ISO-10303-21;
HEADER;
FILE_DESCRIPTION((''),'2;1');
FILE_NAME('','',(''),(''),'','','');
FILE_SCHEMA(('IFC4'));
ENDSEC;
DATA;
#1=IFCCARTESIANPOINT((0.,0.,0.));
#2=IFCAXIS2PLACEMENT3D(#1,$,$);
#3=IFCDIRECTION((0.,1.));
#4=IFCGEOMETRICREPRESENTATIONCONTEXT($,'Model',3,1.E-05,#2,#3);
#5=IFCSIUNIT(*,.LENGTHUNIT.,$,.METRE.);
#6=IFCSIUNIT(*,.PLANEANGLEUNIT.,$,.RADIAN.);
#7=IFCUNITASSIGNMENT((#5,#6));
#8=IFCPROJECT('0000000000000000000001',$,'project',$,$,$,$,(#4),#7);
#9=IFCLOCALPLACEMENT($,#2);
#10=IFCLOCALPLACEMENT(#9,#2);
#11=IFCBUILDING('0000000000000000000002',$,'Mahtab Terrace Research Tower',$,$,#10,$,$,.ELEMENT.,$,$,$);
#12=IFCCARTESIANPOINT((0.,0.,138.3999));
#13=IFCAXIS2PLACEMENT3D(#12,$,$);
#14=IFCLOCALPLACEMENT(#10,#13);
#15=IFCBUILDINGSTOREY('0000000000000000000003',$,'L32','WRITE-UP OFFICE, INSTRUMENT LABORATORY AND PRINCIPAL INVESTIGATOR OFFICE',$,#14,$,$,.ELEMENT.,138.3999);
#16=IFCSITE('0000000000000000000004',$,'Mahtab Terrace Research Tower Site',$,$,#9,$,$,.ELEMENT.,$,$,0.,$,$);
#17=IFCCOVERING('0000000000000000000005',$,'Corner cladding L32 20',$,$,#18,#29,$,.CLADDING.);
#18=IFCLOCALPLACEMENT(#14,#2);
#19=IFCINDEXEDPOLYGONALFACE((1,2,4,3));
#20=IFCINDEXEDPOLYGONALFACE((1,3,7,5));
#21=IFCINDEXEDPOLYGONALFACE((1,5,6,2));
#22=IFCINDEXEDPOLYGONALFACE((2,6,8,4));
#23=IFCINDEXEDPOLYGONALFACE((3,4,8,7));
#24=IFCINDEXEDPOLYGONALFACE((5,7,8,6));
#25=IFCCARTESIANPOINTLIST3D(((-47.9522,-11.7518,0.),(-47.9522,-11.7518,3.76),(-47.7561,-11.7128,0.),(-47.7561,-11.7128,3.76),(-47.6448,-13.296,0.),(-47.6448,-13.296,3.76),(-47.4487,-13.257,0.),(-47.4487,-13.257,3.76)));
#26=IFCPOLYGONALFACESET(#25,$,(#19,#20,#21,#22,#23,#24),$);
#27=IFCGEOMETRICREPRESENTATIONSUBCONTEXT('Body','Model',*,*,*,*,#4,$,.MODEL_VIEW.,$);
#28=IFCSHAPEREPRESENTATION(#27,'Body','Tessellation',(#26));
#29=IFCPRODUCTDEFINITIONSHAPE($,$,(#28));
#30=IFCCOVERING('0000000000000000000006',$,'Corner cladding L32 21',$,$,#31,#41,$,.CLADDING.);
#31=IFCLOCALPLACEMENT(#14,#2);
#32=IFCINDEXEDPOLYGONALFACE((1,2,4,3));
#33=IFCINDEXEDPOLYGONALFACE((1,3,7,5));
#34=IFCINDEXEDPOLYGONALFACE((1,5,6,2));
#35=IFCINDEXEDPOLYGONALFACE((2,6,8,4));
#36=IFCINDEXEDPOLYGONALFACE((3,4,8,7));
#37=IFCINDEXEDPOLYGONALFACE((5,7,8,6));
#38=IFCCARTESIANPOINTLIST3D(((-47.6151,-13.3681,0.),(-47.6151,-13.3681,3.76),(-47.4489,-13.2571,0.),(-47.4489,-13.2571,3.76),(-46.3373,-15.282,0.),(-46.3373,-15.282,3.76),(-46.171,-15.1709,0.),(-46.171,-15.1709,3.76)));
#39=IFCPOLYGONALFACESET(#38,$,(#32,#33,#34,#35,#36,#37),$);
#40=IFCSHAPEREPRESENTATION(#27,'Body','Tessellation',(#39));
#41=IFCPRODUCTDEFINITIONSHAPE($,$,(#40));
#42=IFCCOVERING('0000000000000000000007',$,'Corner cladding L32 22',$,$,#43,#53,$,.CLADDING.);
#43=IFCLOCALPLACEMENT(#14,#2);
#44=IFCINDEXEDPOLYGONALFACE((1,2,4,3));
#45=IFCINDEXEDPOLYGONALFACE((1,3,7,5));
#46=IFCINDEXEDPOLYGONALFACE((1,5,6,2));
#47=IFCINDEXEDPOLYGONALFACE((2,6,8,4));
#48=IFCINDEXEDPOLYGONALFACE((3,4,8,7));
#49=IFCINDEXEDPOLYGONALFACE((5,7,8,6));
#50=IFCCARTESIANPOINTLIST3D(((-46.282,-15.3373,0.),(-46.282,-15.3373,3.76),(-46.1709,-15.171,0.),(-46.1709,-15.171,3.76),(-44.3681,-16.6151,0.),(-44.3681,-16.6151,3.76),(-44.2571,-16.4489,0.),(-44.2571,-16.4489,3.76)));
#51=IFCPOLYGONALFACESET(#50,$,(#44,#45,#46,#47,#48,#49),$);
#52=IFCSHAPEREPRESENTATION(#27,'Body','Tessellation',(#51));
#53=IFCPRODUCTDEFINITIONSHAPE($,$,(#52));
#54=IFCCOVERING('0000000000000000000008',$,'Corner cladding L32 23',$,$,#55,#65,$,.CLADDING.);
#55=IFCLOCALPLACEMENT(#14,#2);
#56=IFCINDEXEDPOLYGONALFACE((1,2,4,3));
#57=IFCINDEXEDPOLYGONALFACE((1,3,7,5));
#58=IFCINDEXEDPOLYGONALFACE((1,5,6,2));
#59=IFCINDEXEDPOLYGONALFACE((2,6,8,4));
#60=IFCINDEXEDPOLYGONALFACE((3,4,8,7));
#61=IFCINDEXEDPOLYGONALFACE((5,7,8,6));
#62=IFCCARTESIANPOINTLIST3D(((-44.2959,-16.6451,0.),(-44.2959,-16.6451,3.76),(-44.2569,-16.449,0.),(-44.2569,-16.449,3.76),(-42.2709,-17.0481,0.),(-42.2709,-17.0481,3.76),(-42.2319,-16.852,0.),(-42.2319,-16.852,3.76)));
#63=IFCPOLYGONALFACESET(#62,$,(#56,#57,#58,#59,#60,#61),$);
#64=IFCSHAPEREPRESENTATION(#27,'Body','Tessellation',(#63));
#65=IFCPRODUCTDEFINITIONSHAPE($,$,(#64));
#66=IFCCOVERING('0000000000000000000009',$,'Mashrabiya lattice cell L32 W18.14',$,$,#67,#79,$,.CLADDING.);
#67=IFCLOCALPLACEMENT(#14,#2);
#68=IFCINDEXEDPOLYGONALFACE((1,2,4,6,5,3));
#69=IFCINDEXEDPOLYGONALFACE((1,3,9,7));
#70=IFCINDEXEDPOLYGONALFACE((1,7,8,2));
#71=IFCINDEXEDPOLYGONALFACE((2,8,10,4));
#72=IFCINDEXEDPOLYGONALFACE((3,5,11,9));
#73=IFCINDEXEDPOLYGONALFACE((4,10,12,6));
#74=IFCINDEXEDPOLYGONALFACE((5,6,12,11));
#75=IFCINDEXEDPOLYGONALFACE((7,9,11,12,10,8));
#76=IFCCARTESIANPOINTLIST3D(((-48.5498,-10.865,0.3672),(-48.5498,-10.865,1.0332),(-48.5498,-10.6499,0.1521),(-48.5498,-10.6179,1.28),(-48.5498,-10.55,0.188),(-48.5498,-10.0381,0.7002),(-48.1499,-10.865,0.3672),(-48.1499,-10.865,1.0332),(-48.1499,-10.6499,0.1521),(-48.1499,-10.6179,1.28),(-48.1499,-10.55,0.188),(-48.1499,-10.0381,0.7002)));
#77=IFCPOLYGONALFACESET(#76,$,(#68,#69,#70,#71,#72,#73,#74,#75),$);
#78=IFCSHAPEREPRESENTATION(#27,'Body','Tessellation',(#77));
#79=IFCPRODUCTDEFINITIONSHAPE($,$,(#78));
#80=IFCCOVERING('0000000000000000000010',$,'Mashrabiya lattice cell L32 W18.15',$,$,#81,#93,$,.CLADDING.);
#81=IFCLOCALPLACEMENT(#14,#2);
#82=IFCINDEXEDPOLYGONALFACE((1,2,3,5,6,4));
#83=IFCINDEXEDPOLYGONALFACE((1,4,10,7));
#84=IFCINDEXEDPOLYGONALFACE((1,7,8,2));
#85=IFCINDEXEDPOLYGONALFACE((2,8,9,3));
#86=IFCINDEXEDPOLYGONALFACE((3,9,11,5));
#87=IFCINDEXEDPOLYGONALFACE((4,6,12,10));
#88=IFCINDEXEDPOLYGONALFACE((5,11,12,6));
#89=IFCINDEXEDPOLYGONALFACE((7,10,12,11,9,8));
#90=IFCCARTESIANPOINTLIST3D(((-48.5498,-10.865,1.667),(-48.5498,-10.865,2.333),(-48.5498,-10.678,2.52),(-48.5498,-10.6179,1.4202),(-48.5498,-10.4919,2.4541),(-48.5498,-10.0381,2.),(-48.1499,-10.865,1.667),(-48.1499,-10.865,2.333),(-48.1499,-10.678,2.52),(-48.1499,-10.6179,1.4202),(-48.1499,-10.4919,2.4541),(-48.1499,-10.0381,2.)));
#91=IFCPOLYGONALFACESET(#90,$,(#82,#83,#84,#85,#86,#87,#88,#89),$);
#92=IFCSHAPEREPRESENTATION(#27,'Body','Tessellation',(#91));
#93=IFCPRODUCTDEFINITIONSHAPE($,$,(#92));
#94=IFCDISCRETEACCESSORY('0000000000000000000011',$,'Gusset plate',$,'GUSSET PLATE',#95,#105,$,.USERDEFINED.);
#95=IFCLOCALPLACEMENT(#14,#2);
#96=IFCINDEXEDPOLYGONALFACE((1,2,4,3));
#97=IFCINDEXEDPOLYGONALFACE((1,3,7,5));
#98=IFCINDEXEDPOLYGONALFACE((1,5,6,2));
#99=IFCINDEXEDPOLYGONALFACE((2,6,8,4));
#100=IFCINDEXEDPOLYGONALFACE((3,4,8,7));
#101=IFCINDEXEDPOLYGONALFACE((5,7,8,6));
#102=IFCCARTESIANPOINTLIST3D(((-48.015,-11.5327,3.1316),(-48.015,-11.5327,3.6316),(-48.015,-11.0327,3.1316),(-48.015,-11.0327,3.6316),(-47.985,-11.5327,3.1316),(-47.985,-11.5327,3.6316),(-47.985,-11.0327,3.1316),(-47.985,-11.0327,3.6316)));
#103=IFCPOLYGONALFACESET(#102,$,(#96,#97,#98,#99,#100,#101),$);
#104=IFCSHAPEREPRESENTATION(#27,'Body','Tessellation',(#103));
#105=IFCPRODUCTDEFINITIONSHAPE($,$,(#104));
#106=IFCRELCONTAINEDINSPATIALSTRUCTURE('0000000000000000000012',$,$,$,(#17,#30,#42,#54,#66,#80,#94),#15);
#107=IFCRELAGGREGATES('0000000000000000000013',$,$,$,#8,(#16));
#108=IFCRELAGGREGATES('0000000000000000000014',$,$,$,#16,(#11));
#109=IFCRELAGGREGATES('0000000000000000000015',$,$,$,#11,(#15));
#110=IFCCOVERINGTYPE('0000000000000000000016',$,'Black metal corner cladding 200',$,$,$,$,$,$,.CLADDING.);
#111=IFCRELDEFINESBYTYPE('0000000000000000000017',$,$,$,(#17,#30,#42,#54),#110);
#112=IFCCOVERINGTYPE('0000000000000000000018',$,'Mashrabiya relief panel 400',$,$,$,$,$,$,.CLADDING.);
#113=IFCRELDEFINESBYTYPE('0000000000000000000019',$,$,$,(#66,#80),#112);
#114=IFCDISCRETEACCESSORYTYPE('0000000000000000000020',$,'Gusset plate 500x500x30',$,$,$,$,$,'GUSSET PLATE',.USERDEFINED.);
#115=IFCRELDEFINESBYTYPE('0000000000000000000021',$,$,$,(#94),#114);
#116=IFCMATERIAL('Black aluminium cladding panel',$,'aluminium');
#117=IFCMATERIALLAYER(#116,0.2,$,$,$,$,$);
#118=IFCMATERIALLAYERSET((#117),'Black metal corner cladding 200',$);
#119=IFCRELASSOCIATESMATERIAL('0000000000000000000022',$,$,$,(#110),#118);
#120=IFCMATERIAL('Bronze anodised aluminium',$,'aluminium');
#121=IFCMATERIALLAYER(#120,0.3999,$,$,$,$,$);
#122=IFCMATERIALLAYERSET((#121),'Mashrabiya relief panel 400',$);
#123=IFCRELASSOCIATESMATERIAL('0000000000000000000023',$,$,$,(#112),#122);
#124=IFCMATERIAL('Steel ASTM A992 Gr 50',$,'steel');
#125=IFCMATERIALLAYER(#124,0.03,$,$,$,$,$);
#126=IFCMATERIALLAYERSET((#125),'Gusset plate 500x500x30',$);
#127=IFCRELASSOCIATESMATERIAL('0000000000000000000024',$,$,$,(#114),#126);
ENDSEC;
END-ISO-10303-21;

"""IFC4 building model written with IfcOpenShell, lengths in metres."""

from ifc_helpers import new_model, si_unit, direction, frame, origin, origin_2d, place, context, subcontext, project, spatial, polyline, rectangle, outline, extrude, material, layer, layer_set, type_object, element, save


model = new_model("IFC4")

# Units and contexts
model_context = context("Model", 3, precision=1e-05, world=origin(), true_north=direction((0.0, 1.0)))
body_context = subcontext(model_context, "Body", "Model", "MODEL_VIEW")
ifc_project = project(units=[si_unit("LENGTHUNIT", "METRE"), si_unit("PLANEANGLEUNIT", "RADIAN")], contexts=[model_context])

# Site, building, storey
site_placement = place(None, origin())
site = spatial("IfcSite", under=ifc_project, at=site_placement, Name="Mahtab Terrace Research Tower Site", CompositionType="ELEMENT", RefElevation=0.0)
building_placement = place(site_placement, origin())
building = spatial("IfcBuilding", under=site, at=building_placement, Name="Mahtab Terrace Research Tower", CompositionType="ELEMENT")
storey_placement = place(building_placement, frame((0.0, 0.0, 138.3999)))
storey = spatial("IfcBuildingStorey", under=building, at=storey_placement, Name="L32", Description="WRITE-UP OFFICE, INSTRUMENT LABORATORY AND PRINCIPAL INVESTIGATOR OFFICE", CompositionType="ELEMENT", Elevation=138.3999)

# Shared definitions
ifc_material_1 = material(Name="Steel ASTM A992 Gr 50", Category="steel")

# Shared definitions
ifc_material_2 = material(Name="Black aluminium cladding panel", Category="aluminium")

# Coverings
ifc_layer_1 = layer(ifc_material_2, 0.2)
ifc_layer_set_1 = layer_set([ifc_layer_1], Name="Black metal corner cladding 200")
covering_type_1 = type_object("IfcCoveringType", Name="Black metal corner cladding 200", PredefinedType="CLADDING", material=ifc_layer_set_1)
covering_1_placement = place(storey_placement, frame((-47.7004, -12.5044, 0.0), z_axis=(0.0, 0.0, 1.0), x_axis=(0.195212, -0.980761, 0.0)))
element("IfcCovering", 1, at=covering_1_placement, inside=storey, type_object=covering_type_1, Name="Corner cladding L32 20", PredefinedType="CLADDING", context=body_context, shape_type="SweptSolid", body=[
    extrude(rectangle(XDim=1.5745, YDim=0.2, at=origin_2d()), origin(), (0.0, 0.0, 1.0), 3.76),
])
for number, where, z_axis, x_axis, name in (
    (2, (-46.8931, -14.2695, 0.0), (0.0, 0.0, 1.0), (0.555291, -0.831656, 0.0), "Corner cladding L32 21"),
    (3, (-45.2695, -15.8931, 0.0), (0.0, 0.0, 1.0), (0.831656, -0.555291, 0.0), "Corner cladding L32 22"),
):
    element("IfcCovering", number, at=place(storey_placement, frame(where, z_axis=z_axis, x_axis=x_axis)), inside=storey, type_object=covering_type_1, Name=name, PredefinedType="CLADDING", context=body_context, shape_type="SweptSolid", body=[
        extrude(rectangle(XDim=2.3013, YDim=0.2, at=origin_2d()), origin(), (0.0, 0.0, 1.0), 3.76),
    ])
covering_2_placement = place(storey_placement, frame((-43.2639, -16.7485, 0.0), z_axis=(0.0, 0.0, 1.0), x_axis=(0.980761, -0.195212, 0.0)))
element("IfcCovering", 4, at=covering_2_placement, inside=storey, type_object=covering_type_1, Name="Corner cladding L32 23", PredefinedType="CLADDING", context=body_context, shape_type="SweptSolid", body=[
    extrude(rectangle(XDim=2.0647, YDim=0.2, at=origin_2d()), origin(), (0.0, 0.0, 1.0), 3.76),
])
ifc_material_3 = material(Name="Bronze anodised aluminium", Category="aluminium")
ifc_layer_2 = layer(ifc_material_3, 0.3999)
ifc_layer_set_2 = layer_set([ifc_layer_2], Name="Mashrabiya relief panel 400")
covering_type_2 = type_object("IfcCoveringType", Name="Mashrabiya relief panel 400", PredefinedType="CLADDING", material=ifc_layer_set_2)
covering_3_placement = place(storey_placement, frame((-48.1499, -10.0381, 0.7002), z_axis=(1.0, 0.0, 0.0), x_axis=(0.0, -0.707107, 0.707107)))
element("IfcCovering", 5, at=covering_3_placement, inside=storey, type_object=covering_type_2, Name="Mashrabiya lattice cell L32 W18.14", PredefinedType="CLADDING", context=body_context, shape_type="SweptSolid", body=[
    extrude(outline(polyline([(0.0, 0.0), (0.82, 0.0), (0.8202, 0.3492), (0.3492, 0.8202), (0.0451, 0.8202), (-0.0002, 0.7242), (0.0, 0.0)])), origin(), (0.0, 0.0, -1.0), 0.3999),
])
covering_4_placement = place(storey_placement, frame((-48.1499, -10.6179, 1.4202), z_axis=(1.0, 0.0, 0.0), x_axis=(0.0, 0.707107, 0.707107)))
element("IfcCovering", 6, at=covering_4_placement, inside=storey, type_object=covering_type_2, Name="Mashrabiya lattice cell L32 W18.15", PredefinedType="CLADDING", context=body_context, shape_type="SweptSolid", body=[
    extrude(outline(polyline([(0.0, 0.0), (0.82, 0.0), (0.8202, 0.642), (0.7352, 0.8202), (0.4708, 0.8202), (-0.0002, 0.3492), (0.0, 0.0)])), origin(), (0.0, 0.0, -1.0), 0.3999),
])

# Discrete accessory
ifc_layer_3 = layer(ifc_material_1, 0.03)
ifc_layer_set_3 = layer_set([ifc_layer_3], Name="Gusset plate 500x500x30")
discrete_accessory_type = type_object("IfcDiscreteAccessoryType", Name="Gusset plate 500x500x30", ElementType="GUSSET PLATE", PredefinedType="USERDEFINED", material=ifc_layer_set_3)
discrete_accessory_placement = place(storey_placement, frame((-48.0, -11.2827, 3.1316), z_axis=(0.0, 0.0, 1.0), x_axis=(0.0, 1.0, 0.0)))
element("IfcDiscreteAccessory", 7, at=discrete_accessory_placement, inside=storey, type_object=discrete_accessory_type, Name="Gusset plate", ObjectType="GUSSET PLATE", PredefinedType="USERDEFINED", context=body_context, shape_type="SweptSolid", body=[
    extrude(rectangle(XDim=0.5, YDim=0.03, at=origin_2d()), origin(), (0.0, 0.0, 1.0), 0.5),
])

save(model, "model.ifc")
